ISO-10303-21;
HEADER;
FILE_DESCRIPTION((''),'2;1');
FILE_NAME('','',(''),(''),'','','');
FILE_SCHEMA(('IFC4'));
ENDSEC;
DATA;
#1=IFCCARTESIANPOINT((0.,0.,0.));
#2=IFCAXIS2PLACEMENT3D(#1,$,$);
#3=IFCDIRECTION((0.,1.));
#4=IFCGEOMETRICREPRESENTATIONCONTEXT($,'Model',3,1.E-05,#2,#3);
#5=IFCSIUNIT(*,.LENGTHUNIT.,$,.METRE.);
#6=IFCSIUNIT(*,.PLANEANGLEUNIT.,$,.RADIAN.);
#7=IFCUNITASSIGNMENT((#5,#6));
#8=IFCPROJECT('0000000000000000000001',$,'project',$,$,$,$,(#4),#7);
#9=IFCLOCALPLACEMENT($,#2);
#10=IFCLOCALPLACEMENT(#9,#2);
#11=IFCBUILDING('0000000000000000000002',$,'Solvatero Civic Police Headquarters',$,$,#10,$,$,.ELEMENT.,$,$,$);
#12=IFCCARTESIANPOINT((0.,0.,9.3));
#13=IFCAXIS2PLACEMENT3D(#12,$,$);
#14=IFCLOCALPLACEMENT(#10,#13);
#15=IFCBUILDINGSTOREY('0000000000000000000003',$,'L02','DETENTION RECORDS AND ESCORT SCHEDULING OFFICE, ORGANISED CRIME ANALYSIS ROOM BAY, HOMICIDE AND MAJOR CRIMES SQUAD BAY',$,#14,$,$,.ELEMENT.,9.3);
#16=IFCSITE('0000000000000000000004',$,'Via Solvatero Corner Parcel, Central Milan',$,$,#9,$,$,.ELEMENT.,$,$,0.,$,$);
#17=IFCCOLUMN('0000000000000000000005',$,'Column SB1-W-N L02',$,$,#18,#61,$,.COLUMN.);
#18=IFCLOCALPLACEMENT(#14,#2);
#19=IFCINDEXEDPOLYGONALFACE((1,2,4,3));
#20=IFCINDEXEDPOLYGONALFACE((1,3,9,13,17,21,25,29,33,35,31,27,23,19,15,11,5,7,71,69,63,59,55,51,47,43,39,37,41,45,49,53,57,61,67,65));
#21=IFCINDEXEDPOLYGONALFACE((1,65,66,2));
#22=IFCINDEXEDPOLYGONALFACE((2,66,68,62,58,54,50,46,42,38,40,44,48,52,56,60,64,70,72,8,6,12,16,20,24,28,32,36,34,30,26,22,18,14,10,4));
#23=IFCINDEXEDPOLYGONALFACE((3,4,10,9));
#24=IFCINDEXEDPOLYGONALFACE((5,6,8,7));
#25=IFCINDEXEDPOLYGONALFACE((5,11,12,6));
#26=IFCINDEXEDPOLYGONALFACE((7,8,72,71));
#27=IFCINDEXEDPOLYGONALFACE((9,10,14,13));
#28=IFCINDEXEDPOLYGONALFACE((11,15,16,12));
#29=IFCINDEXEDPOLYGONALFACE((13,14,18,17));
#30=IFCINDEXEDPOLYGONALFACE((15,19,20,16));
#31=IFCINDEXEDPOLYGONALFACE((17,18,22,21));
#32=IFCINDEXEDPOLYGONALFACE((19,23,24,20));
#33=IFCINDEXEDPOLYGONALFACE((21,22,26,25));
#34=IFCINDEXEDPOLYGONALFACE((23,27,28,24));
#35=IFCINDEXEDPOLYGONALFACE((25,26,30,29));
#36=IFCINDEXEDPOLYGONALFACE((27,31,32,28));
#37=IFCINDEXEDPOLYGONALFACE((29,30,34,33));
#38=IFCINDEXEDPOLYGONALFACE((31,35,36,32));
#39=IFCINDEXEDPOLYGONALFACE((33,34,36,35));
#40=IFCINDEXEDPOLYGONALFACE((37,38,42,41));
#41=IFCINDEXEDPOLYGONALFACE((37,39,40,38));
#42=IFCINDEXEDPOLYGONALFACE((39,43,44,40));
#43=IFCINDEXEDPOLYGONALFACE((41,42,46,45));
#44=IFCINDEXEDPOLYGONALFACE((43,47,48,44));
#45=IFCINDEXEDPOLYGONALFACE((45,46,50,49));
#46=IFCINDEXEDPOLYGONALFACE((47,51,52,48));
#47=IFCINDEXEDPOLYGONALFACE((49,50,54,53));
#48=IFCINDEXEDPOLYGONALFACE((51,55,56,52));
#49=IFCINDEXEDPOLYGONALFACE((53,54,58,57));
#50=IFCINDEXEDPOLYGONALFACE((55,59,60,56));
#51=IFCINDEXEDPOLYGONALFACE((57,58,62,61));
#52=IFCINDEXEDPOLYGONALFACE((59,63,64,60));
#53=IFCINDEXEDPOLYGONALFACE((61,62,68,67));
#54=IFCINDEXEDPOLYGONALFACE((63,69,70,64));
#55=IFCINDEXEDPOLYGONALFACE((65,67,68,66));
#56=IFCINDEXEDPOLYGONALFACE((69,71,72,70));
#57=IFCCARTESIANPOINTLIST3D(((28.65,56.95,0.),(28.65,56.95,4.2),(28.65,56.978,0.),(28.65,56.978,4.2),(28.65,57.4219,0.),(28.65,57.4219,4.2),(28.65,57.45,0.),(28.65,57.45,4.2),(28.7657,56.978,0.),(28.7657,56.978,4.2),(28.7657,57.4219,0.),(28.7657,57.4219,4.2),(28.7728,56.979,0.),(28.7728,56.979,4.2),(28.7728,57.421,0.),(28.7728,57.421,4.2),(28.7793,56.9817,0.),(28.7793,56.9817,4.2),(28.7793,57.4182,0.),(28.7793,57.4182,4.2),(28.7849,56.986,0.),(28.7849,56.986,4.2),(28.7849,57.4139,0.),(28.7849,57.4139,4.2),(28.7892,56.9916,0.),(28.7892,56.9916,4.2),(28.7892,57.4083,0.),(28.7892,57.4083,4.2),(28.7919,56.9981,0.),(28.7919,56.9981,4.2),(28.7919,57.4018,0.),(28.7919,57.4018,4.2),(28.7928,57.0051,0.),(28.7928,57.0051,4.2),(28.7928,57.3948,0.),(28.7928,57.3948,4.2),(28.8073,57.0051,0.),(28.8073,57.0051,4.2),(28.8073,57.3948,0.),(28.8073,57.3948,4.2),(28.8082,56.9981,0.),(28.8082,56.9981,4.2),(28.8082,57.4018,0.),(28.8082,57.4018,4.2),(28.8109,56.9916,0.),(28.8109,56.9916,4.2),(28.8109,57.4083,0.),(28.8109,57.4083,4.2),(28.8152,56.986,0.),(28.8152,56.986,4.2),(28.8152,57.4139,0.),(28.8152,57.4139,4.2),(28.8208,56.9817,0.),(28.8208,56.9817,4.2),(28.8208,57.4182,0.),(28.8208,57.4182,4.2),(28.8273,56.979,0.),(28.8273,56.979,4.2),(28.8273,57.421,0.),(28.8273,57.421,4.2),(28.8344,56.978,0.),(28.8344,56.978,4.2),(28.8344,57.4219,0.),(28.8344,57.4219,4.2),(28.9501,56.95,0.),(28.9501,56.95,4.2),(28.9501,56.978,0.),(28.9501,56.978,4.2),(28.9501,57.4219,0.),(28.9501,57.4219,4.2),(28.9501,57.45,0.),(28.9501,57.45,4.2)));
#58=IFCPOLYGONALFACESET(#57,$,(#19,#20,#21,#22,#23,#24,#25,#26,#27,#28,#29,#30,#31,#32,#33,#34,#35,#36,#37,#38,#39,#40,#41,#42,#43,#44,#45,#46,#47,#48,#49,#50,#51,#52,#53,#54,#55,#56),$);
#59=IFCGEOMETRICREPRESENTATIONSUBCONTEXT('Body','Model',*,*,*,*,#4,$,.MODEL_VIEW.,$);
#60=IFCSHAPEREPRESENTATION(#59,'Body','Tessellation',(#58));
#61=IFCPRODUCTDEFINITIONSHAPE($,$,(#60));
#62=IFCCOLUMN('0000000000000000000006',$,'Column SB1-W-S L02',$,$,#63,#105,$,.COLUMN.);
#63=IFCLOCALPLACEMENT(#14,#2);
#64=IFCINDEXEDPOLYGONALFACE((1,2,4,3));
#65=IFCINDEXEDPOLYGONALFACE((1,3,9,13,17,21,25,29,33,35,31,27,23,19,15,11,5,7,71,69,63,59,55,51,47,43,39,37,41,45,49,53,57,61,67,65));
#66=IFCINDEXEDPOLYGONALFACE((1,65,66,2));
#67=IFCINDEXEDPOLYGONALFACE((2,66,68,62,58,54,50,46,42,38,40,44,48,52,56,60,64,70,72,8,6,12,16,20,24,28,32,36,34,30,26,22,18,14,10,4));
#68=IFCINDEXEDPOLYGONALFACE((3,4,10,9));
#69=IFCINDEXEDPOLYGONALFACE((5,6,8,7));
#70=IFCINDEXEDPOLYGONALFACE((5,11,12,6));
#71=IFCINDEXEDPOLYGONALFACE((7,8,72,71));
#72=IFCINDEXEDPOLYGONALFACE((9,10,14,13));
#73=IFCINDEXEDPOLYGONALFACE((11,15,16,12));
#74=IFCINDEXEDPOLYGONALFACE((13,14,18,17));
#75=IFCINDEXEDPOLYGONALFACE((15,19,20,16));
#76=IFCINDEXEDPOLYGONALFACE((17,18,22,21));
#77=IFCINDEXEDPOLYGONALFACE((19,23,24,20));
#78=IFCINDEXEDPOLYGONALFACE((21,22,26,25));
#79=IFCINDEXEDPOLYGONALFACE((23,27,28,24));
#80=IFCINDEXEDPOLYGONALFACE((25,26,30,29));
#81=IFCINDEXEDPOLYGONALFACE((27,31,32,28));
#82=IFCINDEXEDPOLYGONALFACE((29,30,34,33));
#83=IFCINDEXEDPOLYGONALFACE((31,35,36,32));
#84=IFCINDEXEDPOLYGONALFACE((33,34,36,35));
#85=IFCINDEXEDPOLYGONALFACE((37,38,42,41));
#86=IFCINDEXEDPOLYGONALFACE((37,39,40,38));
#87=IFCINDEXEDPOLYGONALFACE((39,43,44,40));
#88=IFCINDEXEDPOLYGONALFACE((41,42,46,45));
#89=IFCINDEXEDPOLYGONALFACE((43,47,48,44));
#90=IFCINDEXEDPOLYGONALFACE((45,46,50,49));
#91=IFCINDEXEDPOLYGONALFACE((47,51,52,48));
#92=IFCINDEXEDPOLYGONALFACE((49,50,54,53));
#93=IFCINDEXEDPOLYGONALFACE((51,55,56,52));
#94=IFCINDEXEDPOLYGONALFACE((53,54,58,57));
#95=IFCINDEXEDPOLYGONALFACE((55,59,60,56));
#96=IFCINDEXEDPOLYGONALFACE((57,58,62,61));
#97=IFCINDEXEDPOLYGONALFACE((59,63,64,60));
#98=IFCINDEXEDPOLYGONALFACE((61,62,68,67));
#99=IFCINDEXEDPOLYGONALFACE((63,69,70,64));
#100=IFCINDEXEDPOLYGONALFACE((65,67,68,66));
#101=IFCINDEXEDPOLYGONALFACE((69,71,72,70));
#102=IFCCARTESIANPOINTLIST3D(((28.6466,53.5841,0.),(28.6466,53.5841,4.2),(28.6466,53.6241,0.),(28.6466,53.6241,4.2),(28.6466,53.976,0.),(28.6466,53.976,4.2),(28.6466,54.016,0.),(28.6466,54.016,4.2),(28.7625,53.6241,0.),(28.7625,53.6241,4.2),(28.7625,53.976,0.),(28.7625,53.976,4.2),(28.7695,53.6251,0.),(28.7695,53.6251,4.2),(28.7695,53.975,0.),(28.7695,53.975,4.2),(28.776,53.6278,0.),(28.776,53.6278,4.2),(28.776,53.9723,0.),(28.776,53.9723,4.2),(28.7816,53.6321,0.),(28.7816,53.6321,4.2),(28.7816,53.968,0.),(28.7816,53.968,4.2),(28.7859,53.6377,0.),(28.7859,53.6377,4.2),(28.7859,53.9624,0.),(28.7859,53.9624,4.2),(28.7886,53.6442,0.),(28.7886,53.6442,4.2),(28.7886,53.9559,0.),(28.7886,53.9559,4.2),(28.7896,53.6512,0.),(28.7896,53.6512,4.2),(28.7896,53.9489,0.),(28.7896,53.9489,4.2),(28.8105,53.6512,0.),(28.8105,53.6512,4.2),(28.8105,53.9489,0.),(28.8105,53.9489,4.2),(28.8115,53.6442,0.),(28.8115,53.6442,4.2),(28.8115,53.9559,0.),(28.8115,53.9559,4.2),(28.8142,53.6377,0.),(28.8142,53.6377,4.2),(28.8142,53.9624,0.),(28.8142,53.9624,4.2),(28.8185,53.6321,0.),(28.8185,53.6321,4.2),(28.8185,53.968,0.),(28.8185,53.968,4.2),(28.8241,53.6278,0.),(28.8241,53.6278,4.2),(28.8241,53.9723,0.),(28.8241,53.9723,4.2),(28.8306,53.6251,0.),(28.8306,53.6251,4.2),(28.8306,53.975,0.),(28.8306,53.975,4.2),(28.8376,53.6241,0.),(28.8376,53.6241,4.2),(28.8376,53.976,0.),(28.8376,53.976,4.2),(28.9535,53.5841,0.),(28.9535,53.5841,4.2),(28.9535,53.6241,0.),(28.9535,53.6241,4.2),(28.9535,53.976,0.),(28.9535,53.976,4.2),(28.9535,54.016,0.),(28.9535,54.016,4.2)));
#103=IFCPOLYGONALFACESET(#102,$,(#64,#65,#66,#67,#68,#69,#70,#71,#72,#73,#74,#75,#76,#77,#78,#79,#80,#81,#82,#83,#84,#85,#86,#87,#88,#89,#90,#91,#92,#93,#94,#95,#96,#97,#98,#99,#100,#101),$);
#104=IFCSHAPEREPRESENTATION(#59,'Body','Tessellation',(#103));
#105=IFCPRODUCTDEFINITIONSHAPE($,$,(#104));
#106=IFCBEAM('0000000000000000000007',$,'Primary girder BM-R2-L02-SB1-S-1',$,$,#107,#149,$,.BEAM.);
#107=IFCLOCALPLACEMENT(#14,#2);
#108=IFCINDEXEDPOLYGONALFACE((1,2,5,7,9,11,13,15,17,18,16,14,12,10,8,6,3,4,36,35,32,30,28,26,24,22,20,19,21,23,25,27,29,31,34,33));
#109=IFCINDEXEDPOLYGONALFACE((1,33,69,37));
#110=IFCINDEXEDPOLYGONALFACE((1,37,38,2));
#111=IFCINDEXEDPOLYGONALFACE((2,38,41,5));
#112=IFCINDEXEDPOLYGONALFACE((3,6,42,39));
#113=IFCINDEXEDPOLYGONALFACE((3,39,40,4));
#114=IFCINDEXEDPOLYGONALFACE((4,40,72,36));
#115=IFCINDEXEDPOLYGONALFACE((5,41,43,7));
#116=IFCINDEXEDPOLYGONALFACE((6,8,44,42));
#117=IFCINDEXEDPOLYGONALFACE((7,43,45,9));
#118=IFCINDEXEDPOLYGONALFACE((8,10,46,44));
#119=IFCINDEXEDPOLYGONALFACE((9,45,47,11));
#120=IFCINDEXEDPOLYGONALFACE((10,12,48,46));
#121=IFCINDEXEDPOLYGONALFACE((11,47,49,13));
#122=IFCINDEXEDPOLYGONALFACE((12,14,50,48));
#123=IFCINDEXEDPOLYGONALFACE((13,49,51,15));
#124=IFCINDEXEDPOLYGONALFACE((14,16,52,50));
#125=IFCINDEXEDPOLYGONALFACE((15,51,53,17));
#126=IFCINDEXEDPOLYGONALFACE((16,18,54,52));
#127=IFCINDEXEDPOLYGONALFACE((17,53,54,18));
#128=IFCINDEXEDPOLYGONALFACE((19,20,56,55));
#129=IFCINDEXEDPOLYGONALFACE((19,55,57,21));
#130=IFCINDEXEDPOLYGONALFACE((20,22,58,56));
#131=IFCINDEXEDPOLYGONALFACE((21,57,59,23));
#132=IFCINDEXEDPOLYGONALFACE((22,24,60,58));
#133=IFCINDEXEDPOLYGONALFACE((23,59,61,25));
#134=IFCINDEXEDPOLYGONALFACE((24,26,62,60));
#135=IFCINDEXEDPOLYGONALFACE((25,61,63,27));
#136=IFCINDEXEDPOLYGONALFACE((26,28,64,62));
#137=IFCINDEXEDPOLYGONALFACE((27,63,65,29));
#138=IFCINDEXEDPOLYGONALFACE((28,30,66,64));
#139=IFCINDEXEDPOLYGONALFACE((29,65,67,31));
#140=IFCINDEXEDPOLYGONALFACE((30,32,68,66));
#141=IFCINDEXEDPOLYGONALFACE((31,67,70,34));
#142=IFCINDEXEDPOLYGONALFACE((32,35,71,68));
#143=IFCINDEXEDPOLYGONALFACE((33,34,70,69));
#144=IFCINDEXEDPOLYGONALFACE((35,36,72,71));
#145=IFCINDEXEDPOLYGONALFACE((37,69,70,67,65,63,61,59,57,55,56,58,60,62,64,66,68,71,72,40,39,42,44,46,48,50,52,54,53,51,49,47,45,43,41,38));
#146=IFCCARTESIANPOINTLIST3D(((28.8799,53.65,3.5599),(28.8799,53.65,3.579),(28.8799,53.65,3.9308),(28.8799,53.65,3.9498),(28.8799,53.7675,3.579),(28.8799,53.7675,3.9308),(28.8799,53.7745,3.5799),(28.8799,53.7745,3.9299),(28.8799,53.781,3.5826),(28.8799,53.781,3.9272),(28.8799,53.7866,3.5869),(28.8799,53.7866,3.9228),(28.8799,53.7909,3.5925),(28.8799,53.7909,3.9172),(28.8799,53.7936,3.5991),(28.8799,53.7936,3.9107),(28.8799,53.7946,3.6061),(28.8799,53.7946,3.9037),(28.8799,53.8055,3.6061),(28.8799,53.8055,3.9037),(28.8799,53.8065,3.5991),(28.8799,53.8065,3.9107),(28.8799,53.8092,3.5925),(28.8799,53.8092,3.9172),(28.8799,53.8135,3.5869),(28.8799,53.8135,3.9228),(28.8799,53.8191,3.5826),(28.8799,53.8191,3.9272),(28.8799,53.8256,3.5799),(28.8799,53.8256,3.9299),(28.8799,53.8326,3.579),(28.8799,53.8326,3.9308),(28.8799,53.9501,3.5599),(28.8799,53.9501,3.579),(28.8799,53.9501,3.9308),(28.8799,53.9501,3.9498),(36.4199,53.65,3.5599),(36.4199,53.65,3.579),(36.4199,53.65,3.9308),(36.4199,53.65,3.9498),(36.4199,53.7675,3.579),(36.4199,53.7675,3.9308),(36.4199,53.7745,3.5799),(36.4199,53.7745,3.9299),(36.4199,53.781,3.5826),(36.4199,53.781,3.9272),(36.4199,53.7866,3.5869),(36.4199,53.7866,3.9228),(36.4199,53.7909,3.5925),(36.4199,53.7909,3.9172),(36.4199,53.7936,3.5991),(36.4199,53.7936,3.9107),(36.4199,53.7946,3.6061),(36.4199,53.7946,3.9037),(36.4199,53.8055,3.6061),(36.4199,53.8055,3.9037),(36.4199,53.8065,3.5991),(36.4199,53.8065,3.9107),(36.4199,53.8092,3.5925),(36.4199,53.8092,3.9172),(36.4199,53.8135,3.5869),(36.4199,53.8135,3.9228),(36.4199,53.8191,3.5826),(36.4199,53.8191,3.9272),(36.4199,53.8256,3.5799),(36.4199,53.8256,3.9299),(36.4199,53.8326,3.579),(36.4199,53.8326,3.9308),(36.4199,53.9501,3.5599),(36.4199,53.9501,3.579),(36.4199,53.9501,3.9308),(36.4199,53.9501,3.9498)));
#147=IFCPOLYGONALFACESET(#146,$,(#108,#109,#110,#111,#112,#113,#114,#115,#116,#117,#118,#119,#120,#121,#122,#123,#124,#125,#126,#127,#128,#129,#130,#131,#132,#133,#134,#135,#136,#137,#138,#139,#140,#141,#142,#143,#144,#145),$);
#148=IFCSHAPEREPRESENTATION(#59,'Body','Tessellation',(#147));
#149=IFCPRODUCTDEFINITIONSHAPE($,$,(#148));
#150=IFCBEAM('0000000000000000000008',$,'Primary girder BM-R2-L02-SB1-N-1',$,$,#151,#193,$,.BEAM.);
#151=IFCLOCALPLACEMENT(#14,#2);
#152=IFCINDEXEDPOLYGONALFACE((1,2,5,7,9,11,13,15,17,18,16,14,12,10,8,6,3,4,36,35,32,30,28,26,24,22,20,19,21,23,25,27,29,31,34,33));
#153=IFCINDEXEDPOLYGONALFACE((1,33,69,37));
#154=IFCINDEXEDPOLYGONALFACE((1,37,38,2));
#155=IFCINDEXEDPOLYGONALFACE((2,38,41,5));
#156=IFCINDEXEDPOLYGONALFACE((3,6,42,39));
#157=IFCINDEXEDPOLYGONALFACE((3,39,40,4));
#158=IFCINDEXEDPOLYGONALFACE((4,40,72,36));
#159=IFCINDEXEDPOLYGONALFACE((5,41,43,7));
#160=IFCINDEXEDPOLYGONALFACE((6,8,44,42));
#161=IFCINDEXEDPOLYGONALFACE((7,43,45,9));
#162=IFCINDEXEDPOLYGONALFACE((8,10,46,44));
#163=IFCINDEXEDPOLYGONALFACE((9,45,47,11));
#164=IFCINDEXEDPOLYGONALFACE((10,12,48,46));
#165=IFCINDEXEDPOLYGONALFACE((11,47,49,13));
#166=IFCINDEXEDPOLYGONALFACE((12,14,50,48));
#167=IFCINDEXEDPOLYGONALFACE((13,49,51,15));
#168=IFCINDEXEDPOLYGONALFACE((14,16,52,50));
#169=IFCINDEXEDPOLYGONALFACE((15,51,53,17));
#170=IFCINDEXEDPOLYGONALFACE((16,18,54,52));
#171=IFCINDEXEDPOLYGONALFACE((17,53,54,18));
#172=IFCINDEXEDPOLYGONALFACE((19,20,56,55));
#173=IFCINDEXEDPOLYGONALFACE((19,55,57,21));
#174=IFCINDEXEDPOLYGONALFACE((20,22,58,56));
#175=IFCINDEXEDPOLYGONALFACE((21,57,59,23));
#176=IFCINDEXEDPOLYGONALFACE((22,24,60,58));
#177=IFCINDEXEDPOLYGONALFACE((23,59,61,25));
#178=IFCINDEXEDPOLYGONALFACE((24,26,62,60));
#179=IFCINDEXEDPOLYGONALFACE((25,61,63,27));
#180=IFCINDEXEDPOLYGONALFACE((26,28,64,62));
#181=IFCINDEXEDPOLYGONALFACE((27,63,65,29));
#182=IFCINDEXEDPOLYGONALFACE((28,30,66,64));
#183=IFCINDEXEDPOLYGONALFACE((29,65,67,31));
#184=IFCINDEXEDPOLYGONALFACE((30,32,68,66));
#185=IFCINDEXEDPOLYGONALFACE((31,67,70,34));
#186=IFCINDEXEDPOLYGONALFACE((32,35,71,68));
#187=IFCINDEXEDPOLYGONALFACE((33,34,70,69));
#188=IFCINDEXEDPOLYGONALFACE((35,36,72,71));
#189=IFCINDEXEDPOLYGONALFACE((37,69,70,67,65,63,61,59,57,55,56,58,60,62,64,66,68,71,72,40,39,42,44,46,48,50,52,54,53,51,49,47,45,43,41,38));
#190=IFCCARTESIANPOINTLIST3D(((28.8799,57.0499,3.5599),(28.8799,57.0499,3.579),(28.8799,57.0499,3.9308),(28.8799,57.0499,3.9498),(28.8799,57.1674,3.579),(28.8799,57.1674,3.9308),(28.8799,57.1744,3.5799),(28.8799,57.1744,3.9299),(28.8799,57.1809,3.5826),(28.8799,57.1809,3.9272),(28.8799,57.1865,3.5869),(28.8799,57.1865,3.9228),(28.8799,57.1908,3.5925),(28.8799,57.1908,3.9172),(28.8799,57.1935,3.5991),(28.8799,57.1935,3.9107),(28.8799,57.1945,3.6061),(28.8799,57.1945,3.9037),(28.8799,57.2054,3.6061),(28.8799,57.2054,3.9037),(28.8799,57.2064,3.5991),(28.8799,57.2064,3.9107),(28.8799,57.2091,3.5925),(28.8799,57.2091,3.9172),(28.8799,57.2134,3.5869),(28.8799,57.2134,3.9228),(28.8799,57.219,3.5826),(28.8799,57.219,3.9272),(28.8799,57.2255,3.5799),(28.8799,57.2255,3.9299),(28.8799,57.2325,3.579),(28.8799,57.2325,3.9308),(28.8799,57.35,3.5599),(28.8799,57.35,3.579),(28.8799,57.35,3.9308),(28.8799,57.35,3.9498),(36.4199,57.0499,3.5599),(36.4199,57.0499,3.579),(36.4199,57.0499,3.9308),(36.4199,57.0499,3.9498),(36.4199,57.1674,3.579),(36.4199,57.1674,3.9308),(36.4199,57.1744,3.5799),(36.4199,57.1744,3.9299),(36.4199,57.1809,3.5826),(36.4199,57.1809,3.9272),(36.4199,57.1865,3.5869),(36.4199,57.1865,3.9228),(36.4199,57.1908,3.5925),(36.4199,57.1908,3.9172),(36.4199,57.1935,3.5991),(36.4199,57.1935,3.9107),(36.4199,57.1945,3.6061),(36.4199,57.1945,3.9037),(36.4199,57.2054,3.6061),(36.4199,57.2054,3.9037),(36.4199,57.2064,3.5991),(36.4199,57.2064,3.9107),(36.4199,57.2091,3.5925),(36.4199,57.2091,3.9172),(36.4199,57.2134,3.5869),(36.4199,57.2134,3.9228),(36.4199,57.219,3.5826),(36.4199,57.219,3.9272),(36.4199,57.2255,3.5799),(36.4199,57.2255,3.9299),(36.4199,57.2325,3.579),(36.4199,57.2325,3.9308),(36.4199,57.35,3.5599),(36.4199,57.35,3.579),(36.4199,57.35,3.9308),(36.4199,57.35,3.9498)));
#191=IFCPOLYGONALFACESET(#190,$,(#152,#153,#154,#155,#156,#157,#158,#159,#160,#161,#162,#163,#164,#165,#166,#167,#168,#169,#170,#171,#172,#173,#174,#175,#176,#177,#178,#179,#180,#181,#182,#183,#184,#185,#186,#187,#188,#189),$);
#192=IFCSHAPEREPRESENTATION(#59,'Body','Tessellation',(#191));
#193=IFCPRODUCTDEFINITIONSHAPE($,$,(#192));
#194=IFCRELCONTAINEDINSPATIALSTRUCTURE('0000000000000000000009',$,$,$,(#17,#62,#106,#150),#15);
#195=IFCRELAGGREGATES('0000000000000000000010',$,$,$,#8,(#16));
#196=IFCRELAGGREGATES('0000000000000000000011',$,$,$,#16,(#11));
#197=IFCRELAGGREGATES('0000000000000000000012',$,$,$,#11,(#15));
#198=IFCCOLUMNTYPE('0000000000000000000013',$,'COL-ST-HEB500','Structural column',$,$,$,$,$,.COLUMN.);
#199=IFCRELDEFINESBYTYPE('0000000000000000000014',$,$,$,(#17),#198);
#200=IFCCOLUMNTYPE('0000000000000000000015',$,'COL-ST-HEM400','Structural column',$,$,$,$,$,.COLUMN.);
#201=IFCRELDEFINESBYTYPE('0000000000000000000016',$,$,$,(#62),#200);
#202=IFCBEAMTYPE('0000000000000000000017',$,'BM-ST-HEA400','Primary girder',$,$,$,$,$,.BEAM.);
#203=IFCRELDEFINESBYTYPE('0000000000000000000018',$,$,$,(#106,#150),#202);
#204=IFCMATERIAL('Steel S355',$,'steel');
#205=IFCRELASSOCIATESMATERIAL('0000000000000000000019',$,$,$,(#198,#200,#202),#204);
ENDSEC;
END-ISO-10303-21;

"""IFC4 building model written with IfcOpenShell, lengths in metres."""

from ifc_helpers import new_model, si_unit, direction, frame, origin, origin_2d, place, context, subcontext, project, spatial, i_section, extrude, material, material_profile, profile_set, type_object, element, save


model = new_model("IFC4")

# Units and contexts
model_context = context("Model", 3, precision=1e-05, world=origin(), true_north=direction((0.0, 1.0)))
body_context = subcontext(model_context, "Body", "Model", "MODEL_VIEW")
ifc_project = project(units=[si_unit("LENGTHUNIT", "METRE"), si_unit("PLANEANGLEUNIT", "RADIAN")], contexts=[model_context])

# Site, building, storey
site_placement = place(None, origin())
site = spatial("IfcSite", under=ifc_project, at=site_placement, Name="Via Solvatero Corner Parcel, Central Milan", CompositionType="ELEMENT", RefElevation=0.0)
building_placement = place(site_placement, origin())
building = spatial("IfcBuilding", under=site, at=building_placement, Name="Solvatero Civic Police Headquarters", CompositionType="ELEMENT")
storey_placement = place(building_placement, frame((0.0, 0.0, 9.3)))
storey = spatial("IfcBuildingStorey", under=building, at=storey_placement, Name="L02", Description="DETENTION RECORDS AND ESCORT SCHEDULING OFFICE, ORGANISED CRIME ANALYSIS ROOM BAY, HOMICIDE AND MAJOR CRIMES SQUAD BAY", CompositionType="ELEMENT", Elevation=9.3)

# Columns
ifc_material_1 = material(Name="Steel S355", Category="steel")
ifc_material_profile_1 = material_profile(ifc_material_1, i_section(OverallWidth=0.3, OverallDepth=0.5, WebThickness=0.0144, FlangeThickness=0.0281, FilletRadius=0.0271, at=origin_2d()), Name="HEB 500")
ifc_profile_set_1 = profile_set([ifc_material_profile_1], Name="Steel S355")
column_type_1 = type_object("IfcColumnType", Name="COL-ST-HEB500", Description="Structural column", PredefinedType="COLUMN", material=ifc_profile_set_1)
column_1_placement = place(storey_placement, frame((28.8, 57.2, 0.0), z_axis=(0.0, 0.0, 1.0), x_axis=(1.0, 0.0, 0.0)))
element("IfcColumn", 1, at=column_1_placement, inside=storey, type_object=column_type_1, Name="Column SB1-W-N L02", PredefinedType="COLUMN", context=body_context, shape_type="SweptSolid", body=[
    extrude(i_section(OverallWidth=0.3, OverallDepth=0.5, WebThickness=0.0144, FlangeThickness=0.0281, FilletRadius=0.0271, at=origin_2d()), origin(), (0.0, 0.0, 1.0), 4.2),
])
ifc_material_profile_2 = material_profile(ifc_material_1, i_section(OverallWidth=0.3069, OverallDepth=0.4319, WebThickness=0.021, FlangeThickness=0.04, FilletRadius=0.0271, at=origin_2d()), Name="HEM 400")
ifc_profile_set_2 = profile_set([ifc_material_profile_2], Name="Steel S355")
column_type_2 = type_object("IfcColumnType", Name="COL-ST-HEM400", Description="Structural column", PredefinedType="COLUMN", material=ifc_profile_set_2)
column_2_placement = place(storey_placement, frame((28.8, 53.8, 0.0), z_axis=(0.0, 0.0, 1.0), x_axis=(1.0, 0.0, 0.0)))
element("IfcColumn", 2, at=column_2_placement, inside=storey, type_object=column_type_2, Name="Column SB1-W-S L02", PredefinedType="COLUMN", context=body_context, shape_type="SweptSolid", body=[
    extrude(i_section(OverallWidth=0.3069, OverallDepth=0.4319, WebThickness=0.021, FlangeThickness=0.04, FilletRadius=0.0271, at=origin_2d()), origin(), (0.0, 0.0, 1.0), 4.2),
])

# Beams
ifc_material_profile_3 = material_profile(ifc_material_1, i_section(OverallWidth=0.3, OverallDepth=0.3899, WebThickness=0.011, FlangeThickness=0.019, FilletRadius=0.0271, at=origin_2d()), Name="HEA 400")
ifc_profile_set_3 = profile_set([ifc_material_profile_3], Name="Steel S355")
beam_type_1 = type_object("IfcBeamType", Name="BM-ST-HEA400", Description="Primary girder", PredefinedType="BEAM", material=ifc_profile_set_3)
for number, where, z_axis, x_axis, name in (
    (3, (28.8799, 53.8, 3.7549), (1.0, 0.0, 0.0), (0.0, 1.0, 0.0), "Primary girder BM-R2-L02-SB1-S-1"),
    (4, (28.8799, 57.2, 3.7549), (1.0, 0.0, 0.0), (0.0, 1.0, 0.0), "Primary girder BM-R2-L02-SB1-N-1"),
):
    element("IfcBeam", number, at=place(storey_placement, frame(where, z_axis=z_axis, x_axis=x_axis)), inside=storey, type_object=beam_type_1, Name=name, PredefinedType="BEAM", context=body_context, shape_type="SweptSolid", body=[
        extrude(i_section(OverallWidth=0.3, OverallDepth=0.3899, WebThickness=0.011, FlangeThickness=0.019, FilletRadius=0.0271, at=origin_2d()), origin(), (0.0, 0.0, 1.0), 7.54),
    ])

save(model, "model.ifc")
